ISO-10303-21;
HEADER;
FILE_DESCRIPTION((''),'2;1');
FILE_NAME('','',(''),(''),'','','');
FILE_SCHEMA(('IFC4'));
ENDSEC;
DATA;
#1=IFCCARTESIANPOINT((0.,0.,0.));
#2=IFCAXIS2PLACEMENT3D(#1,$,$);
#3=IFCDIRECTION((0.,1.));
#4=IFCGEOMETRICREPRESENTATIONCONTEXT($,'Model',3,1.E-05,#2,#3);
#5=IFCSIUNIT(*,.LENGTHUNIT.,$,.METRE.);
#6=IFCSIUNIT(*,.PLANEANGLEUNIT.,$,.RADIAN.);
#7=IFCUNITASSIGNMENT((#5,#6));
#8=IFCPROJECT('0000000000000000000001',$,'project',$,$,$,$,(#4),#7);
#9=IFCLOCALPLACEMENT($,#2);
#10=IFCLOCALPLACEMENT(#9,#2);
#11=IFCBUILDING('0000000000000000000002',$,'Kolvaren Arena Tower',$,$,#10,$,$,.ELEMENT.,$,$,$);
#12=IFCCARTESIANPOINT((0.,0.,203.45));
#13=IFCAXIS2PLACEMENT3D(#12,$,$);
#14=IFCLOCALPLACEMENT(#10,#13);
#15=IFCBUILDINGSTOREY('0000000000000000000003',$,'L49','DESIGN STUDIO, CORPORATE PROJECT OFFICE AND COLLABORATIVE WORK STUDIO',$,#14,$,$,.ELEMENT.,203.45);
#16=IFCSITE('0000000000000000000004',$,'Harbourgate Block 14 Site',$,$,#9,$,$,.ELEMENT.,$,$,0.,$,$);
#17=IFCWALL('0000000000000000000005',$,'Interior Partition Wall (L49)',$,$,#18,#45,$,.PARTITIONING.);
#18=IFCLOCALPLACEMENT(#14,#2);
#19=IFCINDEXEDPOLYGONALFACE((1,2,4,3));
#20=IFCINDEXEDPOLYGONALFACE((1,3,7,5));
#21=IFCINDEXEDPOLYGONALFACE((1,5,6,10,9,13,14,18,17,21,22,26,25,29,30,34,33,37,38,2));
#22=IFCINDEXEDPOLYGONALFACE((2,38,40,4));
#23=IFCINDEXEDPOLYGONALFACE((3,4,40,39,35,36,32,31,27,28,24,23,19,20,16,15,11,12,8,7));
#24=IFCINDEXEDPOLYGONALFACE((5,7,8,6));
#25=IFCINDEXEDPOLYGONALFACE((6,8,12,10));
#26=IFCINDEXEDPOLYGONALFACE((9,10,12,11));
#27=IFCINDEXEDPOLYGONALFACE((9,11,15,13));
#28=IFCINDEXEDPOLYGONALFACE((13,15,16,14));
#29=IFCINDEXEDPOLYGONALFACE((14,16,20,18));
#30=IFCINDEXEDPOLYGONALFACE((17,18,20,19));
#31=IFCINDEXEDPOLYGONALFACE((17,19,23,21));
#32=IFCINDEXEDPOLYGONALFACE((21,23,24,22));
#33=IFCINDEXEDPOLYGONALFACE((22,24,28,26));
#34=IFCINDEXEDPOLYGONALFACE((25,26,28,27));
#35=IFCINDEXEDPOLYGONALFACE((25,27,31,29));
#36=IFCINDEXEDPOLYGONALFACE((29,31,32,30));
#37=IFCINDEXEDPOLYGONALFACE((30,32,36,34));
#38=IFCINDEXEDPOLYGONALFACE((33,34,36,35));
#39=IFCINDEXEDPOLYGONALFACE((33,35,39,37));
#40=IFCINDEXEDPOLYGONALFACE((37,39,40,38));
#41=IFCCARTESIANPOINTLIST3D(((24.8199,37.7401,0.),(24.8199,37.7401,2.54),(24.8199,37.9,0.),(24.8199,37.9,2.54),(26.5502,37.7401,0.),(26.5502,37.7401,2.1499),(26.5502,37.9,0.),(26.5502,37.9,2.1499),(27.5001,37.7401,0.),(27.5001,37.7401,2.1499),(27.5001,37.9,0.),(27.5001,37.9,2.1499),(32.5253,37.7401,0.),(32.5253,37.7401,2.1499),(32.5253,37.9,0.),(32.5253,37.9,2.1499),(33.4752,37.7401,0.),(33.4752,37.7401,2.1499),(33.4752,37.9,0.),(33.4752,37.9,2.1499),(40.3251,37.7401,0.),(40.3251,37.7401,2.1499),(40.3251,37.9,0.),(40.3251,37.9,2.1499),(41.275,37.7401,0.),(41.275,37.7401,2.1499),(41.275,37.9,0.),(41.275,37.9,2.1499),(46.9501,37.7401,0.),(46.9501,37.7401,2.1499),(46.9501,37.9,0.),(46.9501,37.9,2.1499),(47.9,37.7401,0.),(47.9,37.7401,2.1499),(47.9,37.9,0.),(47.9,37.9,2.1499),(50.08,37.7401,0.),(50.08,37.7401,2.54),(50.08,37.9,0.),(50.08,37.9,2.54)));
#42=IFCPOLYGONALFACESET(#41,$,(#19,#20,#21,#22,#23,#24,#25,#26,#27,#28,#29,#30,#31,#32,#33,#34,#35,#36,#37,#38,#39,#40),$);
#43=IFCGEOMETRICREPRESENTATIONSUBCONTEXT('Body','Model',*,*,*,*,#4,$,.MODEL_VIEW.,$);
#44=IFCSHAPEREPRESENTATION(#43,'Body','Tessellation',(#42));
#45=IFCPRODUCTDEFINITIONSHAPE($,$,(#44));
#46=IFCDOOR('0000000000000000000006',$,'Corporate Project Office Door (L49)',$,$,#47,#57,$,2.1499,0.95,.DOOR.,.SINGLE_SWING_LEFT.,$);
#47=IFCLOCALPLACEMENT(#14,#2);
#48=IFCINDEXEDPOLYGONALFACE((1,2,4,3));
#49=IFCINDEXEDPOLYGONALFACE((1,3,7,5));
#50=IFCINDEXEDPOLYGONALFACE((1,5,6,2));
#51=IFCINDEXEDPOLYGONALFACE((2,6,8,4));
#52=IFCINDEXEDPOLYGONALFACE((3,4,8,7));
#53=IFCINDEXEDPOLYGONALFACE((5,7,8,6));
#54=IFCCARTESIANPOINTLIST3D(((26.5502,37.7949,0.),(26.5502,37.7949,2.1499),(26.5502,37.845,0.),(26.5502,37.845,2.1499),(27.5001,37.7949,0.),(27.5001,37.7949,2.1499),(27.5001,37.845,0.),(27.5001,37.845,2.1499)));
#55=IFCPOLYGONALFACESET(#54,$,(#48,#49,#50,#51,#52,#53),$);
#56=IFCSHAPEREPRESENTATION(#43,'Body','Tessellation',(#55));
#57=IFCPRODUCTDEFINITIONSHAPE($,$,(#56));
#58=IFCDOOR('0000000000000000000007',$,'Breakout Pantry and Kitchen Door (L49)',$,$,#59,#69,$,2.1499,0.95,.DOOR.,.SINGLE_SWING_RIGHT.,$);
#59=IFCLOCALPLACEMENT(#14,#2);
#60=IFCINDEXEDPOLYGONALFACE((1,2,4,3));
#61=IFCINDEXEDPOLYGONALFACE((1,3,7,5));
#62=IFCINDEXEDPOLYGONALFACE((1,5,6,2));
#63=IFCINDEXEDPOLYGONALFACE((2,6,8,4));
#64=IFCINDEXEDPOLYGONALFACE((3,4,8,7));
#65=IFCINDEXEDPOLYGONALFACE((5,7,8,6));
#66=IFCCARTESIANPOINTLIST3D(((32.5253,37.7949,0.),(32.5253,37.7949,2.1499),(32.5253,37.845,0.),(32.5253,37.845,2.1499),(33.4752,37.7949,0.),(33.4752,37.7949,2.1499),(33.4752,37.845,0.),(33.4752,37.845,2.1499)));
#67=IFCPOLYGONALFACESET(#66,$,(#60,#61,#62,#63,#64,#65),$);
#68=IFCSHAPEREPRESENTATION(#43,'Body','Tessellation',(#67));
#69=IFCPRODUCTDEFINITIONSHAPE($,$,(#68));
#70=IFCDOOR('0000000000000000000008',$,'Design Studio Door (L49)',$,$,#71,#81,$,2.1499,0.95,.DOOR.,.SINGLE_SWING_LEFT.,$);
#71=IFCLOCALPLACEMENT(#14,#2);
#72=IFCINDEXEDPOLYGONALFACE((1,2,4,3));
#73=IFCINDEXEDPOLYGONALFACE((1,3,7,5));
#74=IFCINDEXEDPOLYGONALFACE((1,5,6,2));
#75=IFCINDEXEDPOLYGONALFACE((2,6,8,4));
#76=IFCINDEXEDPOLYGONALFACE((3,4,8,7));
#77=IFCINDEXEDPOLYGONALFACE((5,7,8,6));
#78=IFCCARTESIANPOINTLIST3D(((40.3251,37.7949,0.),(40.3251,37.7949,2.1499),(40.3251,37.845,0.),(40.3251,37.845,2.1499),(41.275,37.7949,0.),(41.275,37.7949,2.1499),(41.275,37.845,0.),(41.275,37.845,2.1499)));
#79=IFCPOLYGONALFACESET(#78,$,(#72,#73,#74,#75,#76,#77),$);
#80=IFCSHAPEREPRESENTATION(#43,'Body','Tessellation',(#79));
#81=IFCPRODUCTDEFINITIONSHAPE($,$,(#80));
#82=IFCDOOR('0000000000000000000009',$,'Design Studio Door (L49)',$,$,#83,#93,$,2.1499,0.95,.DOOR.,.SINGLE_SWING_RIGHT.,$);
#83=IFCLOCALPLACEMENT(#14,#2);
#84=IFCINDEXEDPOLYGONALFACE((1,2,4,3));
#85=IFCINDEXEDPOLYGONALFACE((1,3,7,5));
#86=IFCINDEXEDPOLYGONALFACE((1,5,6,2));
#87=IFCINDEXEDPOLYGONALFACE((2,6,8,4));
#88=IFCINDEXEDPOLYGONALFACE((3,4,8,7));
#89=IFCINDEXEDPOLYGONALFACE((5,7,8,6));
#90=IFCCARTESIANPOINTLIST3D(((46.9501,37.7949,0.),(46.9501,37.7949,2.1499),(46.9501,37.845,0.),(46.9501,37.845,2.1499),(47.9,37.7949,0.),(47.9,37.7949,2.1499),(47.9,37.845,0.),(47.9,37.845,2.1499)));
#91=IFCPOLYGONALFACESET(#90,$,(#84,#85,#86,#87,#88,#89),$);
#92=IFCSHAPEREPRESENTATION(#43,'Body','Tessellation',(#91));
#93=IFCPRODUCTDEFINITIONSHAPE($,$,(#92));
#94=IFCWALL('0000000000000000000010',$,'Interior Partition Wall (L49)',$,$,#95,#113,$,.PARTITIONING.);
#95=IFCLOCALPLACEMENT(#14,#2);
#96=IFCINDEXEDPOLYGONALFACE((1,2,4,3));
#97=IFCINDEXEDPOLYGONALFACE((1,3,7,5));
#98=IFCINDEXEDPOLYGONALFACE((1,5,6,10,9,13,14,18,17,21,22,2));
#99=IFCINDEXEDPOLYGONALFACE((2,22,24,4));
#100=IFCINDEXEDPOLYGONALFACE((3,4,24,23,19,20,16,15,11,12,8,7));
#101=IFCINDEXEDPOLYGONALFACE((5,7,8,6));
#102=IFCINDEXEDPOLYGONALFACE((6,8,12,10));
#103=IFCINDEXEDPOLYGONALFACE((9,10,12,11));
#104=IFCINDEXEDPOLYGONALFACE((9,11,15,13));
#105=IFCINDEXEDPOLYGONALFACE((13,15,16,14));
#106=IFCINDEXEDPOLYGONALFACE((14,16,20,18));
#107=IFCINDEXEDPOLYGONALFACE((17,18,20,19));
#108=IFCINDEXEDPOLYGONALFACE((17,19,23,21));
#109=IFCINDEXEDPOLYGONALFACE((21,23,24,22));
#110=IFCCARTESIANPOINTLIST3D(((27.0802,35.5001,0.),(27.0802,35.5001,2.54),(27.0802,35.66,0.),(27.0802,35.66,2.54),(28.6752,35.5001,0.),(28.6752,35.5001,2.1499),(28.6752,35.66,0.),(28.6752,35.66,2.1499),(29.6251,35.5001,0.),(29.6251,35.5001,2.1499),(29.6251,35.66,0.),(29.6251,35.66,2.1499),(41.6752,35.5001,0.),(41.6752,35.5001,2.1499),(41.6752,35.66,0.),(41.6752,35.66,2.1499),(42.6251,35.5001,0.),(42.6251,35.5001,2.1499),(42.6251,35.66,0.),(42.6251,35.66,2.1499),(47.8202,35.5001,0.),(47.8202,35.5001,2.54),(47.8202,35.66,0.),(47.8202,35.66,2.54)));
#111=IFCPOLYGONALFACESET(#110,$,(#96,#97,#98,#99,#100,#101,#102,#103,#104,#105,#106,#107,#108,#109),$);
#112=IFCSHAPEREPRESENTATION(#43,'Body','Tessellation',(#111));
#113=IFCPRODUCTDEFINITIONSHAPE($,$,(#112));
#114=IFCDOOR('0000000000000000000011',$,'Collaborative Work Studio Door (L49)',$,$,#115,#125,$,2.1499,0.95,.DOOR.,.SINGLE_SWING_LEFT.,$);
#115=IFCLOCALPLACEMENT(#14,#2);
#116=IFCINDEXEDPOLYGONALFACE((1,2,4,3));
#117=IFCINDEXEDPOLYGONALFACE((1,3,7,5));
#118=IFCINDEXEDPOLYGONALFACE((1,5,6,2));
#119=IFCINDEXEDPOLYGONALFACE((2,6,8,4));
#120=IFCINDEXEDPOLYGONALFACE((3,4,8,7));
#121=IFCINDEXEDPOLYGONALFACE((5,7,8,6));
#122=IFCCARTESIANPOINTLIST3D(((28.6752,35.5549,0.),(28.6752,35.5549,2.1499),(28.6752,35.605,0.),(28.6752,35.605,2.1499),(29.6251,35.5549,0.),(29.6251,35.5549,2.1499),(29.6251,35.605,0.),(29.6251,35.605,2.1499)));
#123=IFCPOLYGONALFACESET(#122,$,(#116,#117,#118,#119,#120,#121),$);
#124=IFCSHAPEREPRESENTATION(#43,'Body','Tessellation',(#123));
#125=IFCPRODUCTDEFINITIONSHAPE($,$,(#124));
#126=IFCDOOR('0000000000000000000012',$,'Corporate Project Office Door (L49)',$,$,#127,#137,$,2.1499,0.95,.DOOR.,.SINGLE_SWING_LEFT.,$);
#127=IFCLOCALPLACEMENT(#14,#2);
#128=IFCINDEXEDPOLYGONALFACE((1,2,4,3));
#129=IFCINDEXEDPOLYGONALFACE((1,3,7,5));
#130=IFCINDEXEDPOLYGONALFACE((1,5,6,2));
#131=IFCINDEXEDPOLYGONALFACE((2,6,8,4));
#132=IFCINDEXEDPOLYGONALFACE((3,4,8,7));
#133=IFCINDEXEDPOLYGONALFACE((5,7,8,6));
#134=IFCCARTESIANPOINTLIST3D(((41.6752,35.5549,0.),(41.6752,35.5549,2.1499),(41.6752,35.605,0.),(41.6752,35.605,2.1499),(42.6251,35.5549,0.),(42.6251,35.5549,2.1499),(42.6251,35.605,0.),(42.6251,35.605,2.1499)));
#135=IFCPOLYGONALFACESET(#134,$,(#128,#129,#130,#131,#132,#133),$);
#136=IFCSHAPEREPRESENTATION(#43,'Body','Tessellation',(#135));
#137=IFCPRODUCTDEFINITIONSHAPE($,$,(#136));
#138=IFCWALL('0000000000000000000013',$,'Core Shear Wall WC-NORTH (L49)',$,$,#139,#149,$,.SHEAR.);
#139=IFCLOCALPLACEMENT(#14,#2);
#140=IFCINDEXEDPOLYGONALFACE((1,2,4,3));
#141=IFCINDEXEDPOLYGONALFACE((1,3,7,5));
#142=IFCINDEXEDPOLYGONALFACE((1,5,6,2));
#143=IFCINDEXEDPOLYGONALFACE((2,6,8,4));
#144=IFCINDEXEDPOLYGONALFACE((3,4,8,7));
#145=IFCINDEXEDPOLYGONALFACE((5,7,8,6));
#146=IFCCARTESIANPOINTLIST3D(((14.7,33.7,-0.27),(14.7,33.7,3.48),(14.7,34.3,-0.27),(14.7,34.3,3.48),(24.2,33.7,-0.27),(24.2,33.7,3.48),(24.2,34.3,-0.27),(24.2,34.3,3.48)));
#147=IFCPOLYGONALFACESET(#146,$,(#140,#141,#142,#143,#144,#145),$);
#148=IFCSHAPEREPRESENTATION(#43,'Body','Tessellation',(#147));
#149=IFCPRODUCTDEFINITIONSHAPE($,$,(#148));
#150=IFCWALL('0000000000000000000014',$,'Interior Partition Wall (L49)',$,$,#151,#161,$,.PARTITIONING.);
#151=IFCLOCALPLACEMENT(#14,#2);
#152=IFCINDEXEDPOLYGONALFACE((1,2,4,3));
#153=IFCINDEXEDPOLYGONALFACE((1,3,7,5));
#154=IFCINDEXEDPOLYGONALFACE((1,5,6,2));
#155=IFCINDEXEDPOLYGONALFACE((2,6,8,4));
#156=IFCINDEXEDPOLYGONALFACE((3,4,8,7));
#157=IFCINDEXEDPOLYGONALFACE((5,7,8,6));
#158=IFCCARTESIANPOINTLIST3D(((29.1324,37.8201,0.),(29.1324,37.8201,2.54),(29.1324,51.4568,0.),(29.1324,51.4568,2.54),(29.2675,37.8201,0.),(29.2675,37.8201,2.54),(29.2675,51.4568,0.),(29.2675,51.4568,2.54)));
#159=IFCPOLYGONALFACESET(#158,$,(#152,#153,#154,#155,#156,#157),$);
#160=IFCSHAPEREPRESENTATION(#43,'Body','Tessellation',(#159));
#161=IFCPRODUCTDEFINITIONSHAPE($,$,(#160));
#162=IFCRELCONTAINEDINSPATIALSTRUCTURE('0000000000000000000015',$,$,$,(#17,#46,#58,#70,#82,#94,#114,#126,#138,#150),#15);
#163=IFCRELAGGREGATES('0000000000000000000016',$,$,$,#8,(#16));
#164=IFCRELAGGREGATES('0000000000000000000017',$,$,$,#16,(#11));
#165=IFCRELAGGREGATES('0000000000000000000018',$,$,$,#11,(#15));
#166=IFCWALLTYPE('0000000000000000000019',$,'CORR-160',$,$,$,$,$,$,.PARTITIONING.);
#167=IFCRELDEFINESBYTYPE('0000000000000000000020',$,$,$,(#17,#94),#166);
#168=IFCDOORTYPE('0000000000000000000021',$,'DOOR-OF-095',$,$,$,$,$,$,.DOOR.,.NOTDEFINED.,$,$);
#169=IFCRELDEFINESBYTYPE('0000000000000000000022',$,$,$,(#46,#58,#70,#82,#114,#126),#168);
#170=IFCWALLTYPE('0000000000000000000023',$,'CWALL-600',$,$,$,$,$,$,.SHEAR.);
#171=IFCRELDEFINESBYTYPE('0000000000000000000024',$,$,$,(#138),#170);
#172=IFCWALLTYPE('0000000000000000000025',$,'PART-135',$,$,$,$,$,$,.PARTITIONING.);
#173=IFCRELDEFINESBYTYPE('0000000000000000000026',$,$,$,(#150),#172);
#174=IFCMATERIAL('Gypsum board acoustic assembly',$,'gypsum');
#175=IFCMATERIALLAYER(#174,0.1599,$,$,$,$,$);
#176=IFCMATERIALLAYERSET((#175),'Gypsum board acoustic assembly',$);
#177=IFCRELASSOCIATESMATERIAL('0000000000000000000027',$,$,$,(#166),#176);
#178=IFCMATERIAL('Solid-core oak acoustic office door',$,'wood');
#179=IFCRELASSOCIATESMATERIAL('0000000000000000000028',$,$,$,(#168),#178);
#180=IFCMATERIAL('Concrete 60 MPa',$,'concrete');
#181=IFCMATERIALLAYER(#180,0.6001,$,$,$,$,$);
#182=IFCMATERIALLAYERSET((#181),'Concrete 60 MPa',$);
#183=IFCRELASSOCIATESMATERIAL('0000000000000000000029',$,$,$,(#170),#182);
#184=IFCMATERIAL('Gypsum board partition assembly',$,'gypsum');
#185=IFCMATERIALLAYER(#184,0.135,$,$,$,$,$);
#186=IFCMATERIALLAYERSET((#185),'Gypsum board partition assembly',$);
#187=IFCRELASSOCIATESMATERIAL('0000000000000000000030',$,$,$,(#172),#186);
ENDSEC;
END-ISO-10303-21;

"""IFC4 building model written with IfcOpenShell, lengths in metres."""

from ifc_helpers import new_model, si_unit, direction, frame, frame_2d, origin, place, context, subcontext, project, spatial, rectangle, extrude, material, layer, layer_set, type_object, element, fill, save


model = new_model("IFC4")

# Units and contexts
model_context = context("Model", 3, precision=1e-05, world=origin(), true_north=direction((0.0, 1.0)))
body_context = subcontext(model_context, "Body", "Model", "MODEL_VIEW")
ifc_project = project(units=[si_unit("LENGTHUNIT", "METRE"), si_unit("PLANEANGLEUNIT", "RADIAN")], contexts=[model_context])

# Site, building, storey
site_placement = place(None, origin())
site = spatial("IfcSite", under=ifc_project, at=site_placement, Name="Harbourgate Block 14 Site", CompositionType="ELEMENT", RefElevation=0.0)
building_placement = place(site_placement, origin())
building = spatial("IfcBuilding", under=site, at=building_placement, Name="Kolvaren Arena Tower", CompositionType="ELEMENT")
storey_placement = place(building_placement, frame((0.0, 0.0, 203.45)))
storey = spatial("IfcBuildingStorey", under=building, at=storey_placement, Name="L49", Description="DESIGN STUDIO, CORPORATE PROJECT OFFICE AND COLLABORATIVE WORK STUDIO", CompositionType="ELEMENT", Elevation=203.45)

# Shared definitions
ifc_material_1 = material(Name="Gypsum board acoustic assembly", Category="gypsum")
ifc_layer_1 = layer(ifc_material_1, 0.1599)
ifc_layer_set_1 = layer_set([ifc_layer_1], Name="Gypsum board acoustic assembly")
wall_type_1 = type_object("IfcWallType", Name="CORR-160", PredefinedType="PARTITIONING", material=ifc_layer_set_1)

# Walls, openings, doors
wall_1_placement = place(storey_placement, frame((24.8201, 37.8201, 0.0), z_axis=(0.0, 0.0, 1.0), x_axis=(1.0, 0.0, 0.0)))
wall_1 = element("IfcWall", 1, at=wall_1_placement, inside=storey, type_object=wall_type_1, Name="Interior Partition Wall (L49)", PredefinedType="PARTITIONING", context=body_context, shape_type="SweptSolid", body=[
    extrude(rectangle(XDim=25.26, YDim=0.1599, at=frame_2d((12.6299, 0.0))), origin(), (0.0, 0.0, 1.0), 2.54),
])
opening_1_placement = place(wall_1_placement, frame((1.73, 0.0, 0.0)))
opening_1 = element("IfcOpeningElement", 2, at=opening_1_placement, cuts=wall_1, PredefinedType="OPENING", context=body_context, shape_type="SweptSolid", body=[
    extrude(rectangle(XDim=0.95, YDim=2.1499, at=frame_2d((0.4751, 1.075))), frame((0.0, 0.0898, 0.0), z_axis=(0.0, -1.0, 0.0), x_axis=(1.0, 0.0, 0.0)), (0.0, 0.0, 1.0), 0.1799),
])
opening_2_placement = place(wall_1_placement, frame((7.7051, 0.0, 0.0)))
opening_2 = element("IfcOpeningElement", 3, at=opening_2_placement, cuts=wall_1, PredefinedType="OPENING", context=body_context, shape_type="SweptSolid", body=[
    extrude(rectangle(XDim=0.95, YDim=2.1499, at=frame_2d((0.4751, 1.075))), frame((0.0, 0.0898, 0.0), z_axis=(0.0, -1.0, 0.0), x_axis=(1.0, 0.0, 0.0)), (0.0, 0.0, 1.0), 0.1799),
])
opening_3_placement = place(wall_1_placement, frame((15.5049, 0.0, 0.0)))
opening_3 = element("IfcOpeningElement", 4, at=opening_3_placement, cuts=wall_1, PredefinedType="OPENING", context=body_context, shape_type="SweptSolid", body=[
    extrude(rectangle(XDim=0.95, YDim=2.1499, at=frame_2d((0.4751, 1.075))), frame((0.0, 0.0898, 0.0), z_axis=(0.0, -1.0, 0.0), x_axis=(1.0, 0.0, 0.0)), (0.0, 0.0, 1.0), 0.1799),
])
opening_4_placement = place(wall_1_placement, frame((22.1299, 0.0, 0.0)))
opening_4 = element("IfcOpeningElement", 5, at=opening_4_placement, cuts=wall_1, PredefinedType="OPENING", context=body_context, shape_type="SweptSolid", body=[
    extrude(rectangle(XDim=0.95, YDim=2.1499, at=frame_2d((0.4751, 1.075))), frame((0.0, 0.0898, 0.0), z_axis=(0.0, -1.0, 0.0), x_axis=(1.0, 0.0, 0.0)), (0.0, 0.0, 1.0), 0.1799),
])
ifc_material_2 = material(Name="Solid-core oak acoustic office door", Category="wood")
door_type = type_object("IfcDoorType", Name="DOOR-OF-095", OperationType="NOTDEFINED", PredefinedType="DOOR", material=ifc_material_2)
door_1_placement = place(opening_1_placement, origin())
door_1 = element("IfcDoor", 6, at=door_1_placement, inside=storey, type_object=door_type, Name="Corporate Project Office Door (L49)", OperationType="SINGLE_SWING_LEFT", OverallHeight=2.1499, OverallWidth=0.95, PredefinedType="DOOR", context=body_context, shape_type="SweptSolid", body=[
    extrude(rectangle(XDim=0.95, YDim=2.1499, at=frame_2d((0.4751, 1.075))), frame((0.0, 0.0249, 0.0), z_axis=(0.0, -1.0, 0.0), x_axis=(1.0, 0.0, 0.0)), (0.0, 0.0, 1.0), 0.05),
])
fill(opening_1, door_1)
door_2_placement = place(opening_2_placement, origin())
door_2 = element("IfcDoor", 7, at=door_2_placement, inside=storey, type_object=door_type, Name="Breakout Pantry and Kitchen Door (L49)", OperationType="SINGLE_SWING_RIGHT", OverallHeight=2.1499, OverallWidth=0.95, PredefinedType="DOOR", context=body_context, shape_type="SweptSolid", body=[
    extrude(rectangle(XDim=0.95, YDim=2.1499, at=frame_2d((0.4751, 1.075))), frame((0.0, 0.0249, 0.0), z_axis=(0.0, -1.0, 0.0), x_axis=(1.0, 0.0, 0.0)), (0.0, 0.0, 1.0), 0.05),
])
fill(opening_2, door_2)
door_3_placement = place(opening_3_placement, origin())
door_3 = element("IfcDoor", 8, at=door_3_placement, inside=storey, type_object=door_type, Name="Design Studio Door (L49)", OperationType="SINGLE_SWING_LEFT", OverallHeight=2.1499, OverallWidth=0.95, PredefinedType="DOOR", context=body_context, shape_type="SweptSolid", body=[
    extrude(rectangle(XDim=0.95, YDim=2.1499, at=frame_2d((0.4751, 1.075))), frame((0.0, 0.0249, 0.0), z_axis=(0.0, -1.0, 0.0), x_axis=(1.0, 0.0, 0.0)), (0.0, 0.0, 1.0), 0.05),
])
fill(opening_3, door_3)
door_4_placement = place(opening_4_placement, origin())
door_4 = element("IfcDoor", 9, at=door_4_placement, inside=storey, type_object=door_type, Name="Design Studio Door (L49)", OperationType="SINGLE_SWING_RIGHT", OverallHeight=2.1499, OverallWidth=0.95, PredefinedType="DOOR", context=body_context, shape_type="SweptSolid", body=[
    extrude(rectangle(XDim=0.95, YDim=2.1499, at=frame_2d((0.4751, 1.075))), frame((0.0, 0.0249, 0.0), z_axis=(0.0, -1.0, 0.0), x_axis=(1.0, 0.0, 0.0)), (0.0, 0.0, 1.0), 0.05),
])
fill(opening_4, door_4)
wall_2_placement = place(storey_placement, frame((27.0801, 35.5801, 0.0), z_axis=(0.0, 0.0, 1.0), x_axis=(1.0, 0.0, 0.0)))
wall_2 = element("IfcWall", 10, at=wall_2_placement, inside=storey, type_object=wall_type_1, Name="Interior Partition Wall (L49)", PredefinedType="PARTITIONING", context=body_context, shape_type="SweptSolid", body=[
    extrude(rectangle(XDim=20.74, YDim=0.1599, at=frame_2d((10.3701, 0.0))), origin(), (0.0, 0.0, 1.0), 2.54),
])
opening_5_placement = place(wall_2_placement, frame((1.595, 0.0, 0.0)))
opening_5 = element("IfcOpeningElement", 11, at=opening_5_placement, cuts=wall_2, PredefinedType="OPENING", context=body_context, shape_type="SweptSolid", body=[
    extrude(rectangle(XDim=0.95, YDim=2.1499, at=frame_2d((0.4751, 1.075))), frame((0.0, 0.0898, 0.0), z_axis=(0.0, -1.0, 0.0), x_axis=(1.0, 0.0, 0.0)), (0.0, 0.0, 1.0), 0.1799),
])
opening_6_placement = place(wall_2_placement, frame((14.595, 0.0, 0.0)))
opening_6 = element("IfcOpeningElement", 12, at=opening_6_placement, cuts=wall_2, PredefinedType="OPENING", context=body_context, shape_type="SweptSolid", body=[
    extrude(rectangle(XDim=0.95, YDim=2.1499, at=frame_2d((0.4751, 1.075))), frame((0.0, 0.0898, 0.0), z_axis=(0.0, -1.0, 0.0), x_axis=(1.0, 0.0, 0.0)), (0.0, 0.0, 1.0), 0.1799),
])
door_5_placement = place(opening_5_placement, origin())
door_5 = element("IfcDoor", 13, at=door_5_placement, inside=storey, type_object=door_type, Name="Collaborative Work Studio Door (L49)", OperationType="SINGLE_SWING_LEFT", OverallHeight=2.1499, OverallWidth=0.95, PredefinedType="DOOR", context=body_context, shape_type="SweptSolid", body=[
    extrude(rectangle(XDim=0.95, YDim=2.1499, at=frame_2d((0.4751, 1.075))), frame((0.0, 0.0249, 0.0), z_axis=(0.0, -1.0, 0.0), x_axis=(1.0, 0.0, 0.0)), (0.0, 0.0, 1.0), 0.05),
])
fill(opening_5, door_5)
door_6_placement = place(opening_6_placement, origin())
door_6 = element("IfcDoor", 14, at=door_6_placement, inside=storey, type_object=door_type, Name="Corporate Project Office Door (L49)", OperationType="SINGLE_SWING_LEFT", OverallHeight=2.1499, OverallWidth=0.95, PredefinedType="DOOR", context=body_context, shape_type="SweptSolid", body=[
    extrude(rectangle(XDim=0.95, YDim=2.1499, at=frame_2d((0.4751, 1.075))), frame((0.0, 0.0249, 0.0), z_axis=(0.0, -1.0, 0.0), x_axis=(1.0, 0.0, 0.0)), (0.0, 0.0, 1.0), 0.05),
])
fill(opening_6, door_6)

# Walls
ifc_material_3 = material(Name="Concrete 60 MPa", Category="concrete")
ifc_layer_2 = layer(ifc_material_3, 0.6001)
ifc_layer_set_2 = layer_set([ifc_layer_2], Name="Concrete 60 MPa")
wall_type_2 = type_object("IfcWallType", Name="CWALL-600", PredefinedType="SHEAR", material=ifc_layer_set_2)
wall_3_placement = place(storey_placement, frame((14.7, 34.0, -0.27), z_axis=(0.0, 0.0, 1.0), x_axis=(1.0, 0.0, 0.0)))
element("IfcWall", 15, at=wall_3_placement, inside=storey, type_object=wall_type_2, Name="Core Shear Wall WC-NORTH (L49)", PredefinedType="SHEAR", context=body_context, shape_type="SweptSolid", body=[
    extrude(rectangle(XDim=9.5, YDim=0.6001, at=frame_2d((4.75, 0.0))), origin(), (0.0, 0.0, 1.0), 3.75),
])
ifc_material_4 = material(Name="Gypsum board partition assembly", Category="gypsum")
ifc_layer_3 = layer(ifc_material_4, 0.135)
ifc_layer_set_3 = layer_set([ifc_layer_3], Name="Gypsum board partition assembly")
wall_type_3 = type_object("IfcWallType", Name="PART-135", PredefinedType="PARTITIONING", material=ifc_layer_set_3)
wall_4_placement = place(storey_placement, frame((29.2, 37.8201, 0.0), z_axis=(0.0, 0.0, 1.0), x_axis=(0.0, 1.0, 0.0)))
element("IfcWall", 16, at=wall_4_placement, inside=storey, type_object=wall_type_3, Name="Interior Partition Wall (L49)", PredefinedType="PARTITIONING", context=body_context, shape_type="SweptSolid", body=[
    extrude(rectangle(XDim=13.6367, YDim=0.135, at=frame_2d((6.8184, 0.0))), origin(), (0.0, 0.0, 1.0), 2.54),
])

save(model, "model.ifc")
